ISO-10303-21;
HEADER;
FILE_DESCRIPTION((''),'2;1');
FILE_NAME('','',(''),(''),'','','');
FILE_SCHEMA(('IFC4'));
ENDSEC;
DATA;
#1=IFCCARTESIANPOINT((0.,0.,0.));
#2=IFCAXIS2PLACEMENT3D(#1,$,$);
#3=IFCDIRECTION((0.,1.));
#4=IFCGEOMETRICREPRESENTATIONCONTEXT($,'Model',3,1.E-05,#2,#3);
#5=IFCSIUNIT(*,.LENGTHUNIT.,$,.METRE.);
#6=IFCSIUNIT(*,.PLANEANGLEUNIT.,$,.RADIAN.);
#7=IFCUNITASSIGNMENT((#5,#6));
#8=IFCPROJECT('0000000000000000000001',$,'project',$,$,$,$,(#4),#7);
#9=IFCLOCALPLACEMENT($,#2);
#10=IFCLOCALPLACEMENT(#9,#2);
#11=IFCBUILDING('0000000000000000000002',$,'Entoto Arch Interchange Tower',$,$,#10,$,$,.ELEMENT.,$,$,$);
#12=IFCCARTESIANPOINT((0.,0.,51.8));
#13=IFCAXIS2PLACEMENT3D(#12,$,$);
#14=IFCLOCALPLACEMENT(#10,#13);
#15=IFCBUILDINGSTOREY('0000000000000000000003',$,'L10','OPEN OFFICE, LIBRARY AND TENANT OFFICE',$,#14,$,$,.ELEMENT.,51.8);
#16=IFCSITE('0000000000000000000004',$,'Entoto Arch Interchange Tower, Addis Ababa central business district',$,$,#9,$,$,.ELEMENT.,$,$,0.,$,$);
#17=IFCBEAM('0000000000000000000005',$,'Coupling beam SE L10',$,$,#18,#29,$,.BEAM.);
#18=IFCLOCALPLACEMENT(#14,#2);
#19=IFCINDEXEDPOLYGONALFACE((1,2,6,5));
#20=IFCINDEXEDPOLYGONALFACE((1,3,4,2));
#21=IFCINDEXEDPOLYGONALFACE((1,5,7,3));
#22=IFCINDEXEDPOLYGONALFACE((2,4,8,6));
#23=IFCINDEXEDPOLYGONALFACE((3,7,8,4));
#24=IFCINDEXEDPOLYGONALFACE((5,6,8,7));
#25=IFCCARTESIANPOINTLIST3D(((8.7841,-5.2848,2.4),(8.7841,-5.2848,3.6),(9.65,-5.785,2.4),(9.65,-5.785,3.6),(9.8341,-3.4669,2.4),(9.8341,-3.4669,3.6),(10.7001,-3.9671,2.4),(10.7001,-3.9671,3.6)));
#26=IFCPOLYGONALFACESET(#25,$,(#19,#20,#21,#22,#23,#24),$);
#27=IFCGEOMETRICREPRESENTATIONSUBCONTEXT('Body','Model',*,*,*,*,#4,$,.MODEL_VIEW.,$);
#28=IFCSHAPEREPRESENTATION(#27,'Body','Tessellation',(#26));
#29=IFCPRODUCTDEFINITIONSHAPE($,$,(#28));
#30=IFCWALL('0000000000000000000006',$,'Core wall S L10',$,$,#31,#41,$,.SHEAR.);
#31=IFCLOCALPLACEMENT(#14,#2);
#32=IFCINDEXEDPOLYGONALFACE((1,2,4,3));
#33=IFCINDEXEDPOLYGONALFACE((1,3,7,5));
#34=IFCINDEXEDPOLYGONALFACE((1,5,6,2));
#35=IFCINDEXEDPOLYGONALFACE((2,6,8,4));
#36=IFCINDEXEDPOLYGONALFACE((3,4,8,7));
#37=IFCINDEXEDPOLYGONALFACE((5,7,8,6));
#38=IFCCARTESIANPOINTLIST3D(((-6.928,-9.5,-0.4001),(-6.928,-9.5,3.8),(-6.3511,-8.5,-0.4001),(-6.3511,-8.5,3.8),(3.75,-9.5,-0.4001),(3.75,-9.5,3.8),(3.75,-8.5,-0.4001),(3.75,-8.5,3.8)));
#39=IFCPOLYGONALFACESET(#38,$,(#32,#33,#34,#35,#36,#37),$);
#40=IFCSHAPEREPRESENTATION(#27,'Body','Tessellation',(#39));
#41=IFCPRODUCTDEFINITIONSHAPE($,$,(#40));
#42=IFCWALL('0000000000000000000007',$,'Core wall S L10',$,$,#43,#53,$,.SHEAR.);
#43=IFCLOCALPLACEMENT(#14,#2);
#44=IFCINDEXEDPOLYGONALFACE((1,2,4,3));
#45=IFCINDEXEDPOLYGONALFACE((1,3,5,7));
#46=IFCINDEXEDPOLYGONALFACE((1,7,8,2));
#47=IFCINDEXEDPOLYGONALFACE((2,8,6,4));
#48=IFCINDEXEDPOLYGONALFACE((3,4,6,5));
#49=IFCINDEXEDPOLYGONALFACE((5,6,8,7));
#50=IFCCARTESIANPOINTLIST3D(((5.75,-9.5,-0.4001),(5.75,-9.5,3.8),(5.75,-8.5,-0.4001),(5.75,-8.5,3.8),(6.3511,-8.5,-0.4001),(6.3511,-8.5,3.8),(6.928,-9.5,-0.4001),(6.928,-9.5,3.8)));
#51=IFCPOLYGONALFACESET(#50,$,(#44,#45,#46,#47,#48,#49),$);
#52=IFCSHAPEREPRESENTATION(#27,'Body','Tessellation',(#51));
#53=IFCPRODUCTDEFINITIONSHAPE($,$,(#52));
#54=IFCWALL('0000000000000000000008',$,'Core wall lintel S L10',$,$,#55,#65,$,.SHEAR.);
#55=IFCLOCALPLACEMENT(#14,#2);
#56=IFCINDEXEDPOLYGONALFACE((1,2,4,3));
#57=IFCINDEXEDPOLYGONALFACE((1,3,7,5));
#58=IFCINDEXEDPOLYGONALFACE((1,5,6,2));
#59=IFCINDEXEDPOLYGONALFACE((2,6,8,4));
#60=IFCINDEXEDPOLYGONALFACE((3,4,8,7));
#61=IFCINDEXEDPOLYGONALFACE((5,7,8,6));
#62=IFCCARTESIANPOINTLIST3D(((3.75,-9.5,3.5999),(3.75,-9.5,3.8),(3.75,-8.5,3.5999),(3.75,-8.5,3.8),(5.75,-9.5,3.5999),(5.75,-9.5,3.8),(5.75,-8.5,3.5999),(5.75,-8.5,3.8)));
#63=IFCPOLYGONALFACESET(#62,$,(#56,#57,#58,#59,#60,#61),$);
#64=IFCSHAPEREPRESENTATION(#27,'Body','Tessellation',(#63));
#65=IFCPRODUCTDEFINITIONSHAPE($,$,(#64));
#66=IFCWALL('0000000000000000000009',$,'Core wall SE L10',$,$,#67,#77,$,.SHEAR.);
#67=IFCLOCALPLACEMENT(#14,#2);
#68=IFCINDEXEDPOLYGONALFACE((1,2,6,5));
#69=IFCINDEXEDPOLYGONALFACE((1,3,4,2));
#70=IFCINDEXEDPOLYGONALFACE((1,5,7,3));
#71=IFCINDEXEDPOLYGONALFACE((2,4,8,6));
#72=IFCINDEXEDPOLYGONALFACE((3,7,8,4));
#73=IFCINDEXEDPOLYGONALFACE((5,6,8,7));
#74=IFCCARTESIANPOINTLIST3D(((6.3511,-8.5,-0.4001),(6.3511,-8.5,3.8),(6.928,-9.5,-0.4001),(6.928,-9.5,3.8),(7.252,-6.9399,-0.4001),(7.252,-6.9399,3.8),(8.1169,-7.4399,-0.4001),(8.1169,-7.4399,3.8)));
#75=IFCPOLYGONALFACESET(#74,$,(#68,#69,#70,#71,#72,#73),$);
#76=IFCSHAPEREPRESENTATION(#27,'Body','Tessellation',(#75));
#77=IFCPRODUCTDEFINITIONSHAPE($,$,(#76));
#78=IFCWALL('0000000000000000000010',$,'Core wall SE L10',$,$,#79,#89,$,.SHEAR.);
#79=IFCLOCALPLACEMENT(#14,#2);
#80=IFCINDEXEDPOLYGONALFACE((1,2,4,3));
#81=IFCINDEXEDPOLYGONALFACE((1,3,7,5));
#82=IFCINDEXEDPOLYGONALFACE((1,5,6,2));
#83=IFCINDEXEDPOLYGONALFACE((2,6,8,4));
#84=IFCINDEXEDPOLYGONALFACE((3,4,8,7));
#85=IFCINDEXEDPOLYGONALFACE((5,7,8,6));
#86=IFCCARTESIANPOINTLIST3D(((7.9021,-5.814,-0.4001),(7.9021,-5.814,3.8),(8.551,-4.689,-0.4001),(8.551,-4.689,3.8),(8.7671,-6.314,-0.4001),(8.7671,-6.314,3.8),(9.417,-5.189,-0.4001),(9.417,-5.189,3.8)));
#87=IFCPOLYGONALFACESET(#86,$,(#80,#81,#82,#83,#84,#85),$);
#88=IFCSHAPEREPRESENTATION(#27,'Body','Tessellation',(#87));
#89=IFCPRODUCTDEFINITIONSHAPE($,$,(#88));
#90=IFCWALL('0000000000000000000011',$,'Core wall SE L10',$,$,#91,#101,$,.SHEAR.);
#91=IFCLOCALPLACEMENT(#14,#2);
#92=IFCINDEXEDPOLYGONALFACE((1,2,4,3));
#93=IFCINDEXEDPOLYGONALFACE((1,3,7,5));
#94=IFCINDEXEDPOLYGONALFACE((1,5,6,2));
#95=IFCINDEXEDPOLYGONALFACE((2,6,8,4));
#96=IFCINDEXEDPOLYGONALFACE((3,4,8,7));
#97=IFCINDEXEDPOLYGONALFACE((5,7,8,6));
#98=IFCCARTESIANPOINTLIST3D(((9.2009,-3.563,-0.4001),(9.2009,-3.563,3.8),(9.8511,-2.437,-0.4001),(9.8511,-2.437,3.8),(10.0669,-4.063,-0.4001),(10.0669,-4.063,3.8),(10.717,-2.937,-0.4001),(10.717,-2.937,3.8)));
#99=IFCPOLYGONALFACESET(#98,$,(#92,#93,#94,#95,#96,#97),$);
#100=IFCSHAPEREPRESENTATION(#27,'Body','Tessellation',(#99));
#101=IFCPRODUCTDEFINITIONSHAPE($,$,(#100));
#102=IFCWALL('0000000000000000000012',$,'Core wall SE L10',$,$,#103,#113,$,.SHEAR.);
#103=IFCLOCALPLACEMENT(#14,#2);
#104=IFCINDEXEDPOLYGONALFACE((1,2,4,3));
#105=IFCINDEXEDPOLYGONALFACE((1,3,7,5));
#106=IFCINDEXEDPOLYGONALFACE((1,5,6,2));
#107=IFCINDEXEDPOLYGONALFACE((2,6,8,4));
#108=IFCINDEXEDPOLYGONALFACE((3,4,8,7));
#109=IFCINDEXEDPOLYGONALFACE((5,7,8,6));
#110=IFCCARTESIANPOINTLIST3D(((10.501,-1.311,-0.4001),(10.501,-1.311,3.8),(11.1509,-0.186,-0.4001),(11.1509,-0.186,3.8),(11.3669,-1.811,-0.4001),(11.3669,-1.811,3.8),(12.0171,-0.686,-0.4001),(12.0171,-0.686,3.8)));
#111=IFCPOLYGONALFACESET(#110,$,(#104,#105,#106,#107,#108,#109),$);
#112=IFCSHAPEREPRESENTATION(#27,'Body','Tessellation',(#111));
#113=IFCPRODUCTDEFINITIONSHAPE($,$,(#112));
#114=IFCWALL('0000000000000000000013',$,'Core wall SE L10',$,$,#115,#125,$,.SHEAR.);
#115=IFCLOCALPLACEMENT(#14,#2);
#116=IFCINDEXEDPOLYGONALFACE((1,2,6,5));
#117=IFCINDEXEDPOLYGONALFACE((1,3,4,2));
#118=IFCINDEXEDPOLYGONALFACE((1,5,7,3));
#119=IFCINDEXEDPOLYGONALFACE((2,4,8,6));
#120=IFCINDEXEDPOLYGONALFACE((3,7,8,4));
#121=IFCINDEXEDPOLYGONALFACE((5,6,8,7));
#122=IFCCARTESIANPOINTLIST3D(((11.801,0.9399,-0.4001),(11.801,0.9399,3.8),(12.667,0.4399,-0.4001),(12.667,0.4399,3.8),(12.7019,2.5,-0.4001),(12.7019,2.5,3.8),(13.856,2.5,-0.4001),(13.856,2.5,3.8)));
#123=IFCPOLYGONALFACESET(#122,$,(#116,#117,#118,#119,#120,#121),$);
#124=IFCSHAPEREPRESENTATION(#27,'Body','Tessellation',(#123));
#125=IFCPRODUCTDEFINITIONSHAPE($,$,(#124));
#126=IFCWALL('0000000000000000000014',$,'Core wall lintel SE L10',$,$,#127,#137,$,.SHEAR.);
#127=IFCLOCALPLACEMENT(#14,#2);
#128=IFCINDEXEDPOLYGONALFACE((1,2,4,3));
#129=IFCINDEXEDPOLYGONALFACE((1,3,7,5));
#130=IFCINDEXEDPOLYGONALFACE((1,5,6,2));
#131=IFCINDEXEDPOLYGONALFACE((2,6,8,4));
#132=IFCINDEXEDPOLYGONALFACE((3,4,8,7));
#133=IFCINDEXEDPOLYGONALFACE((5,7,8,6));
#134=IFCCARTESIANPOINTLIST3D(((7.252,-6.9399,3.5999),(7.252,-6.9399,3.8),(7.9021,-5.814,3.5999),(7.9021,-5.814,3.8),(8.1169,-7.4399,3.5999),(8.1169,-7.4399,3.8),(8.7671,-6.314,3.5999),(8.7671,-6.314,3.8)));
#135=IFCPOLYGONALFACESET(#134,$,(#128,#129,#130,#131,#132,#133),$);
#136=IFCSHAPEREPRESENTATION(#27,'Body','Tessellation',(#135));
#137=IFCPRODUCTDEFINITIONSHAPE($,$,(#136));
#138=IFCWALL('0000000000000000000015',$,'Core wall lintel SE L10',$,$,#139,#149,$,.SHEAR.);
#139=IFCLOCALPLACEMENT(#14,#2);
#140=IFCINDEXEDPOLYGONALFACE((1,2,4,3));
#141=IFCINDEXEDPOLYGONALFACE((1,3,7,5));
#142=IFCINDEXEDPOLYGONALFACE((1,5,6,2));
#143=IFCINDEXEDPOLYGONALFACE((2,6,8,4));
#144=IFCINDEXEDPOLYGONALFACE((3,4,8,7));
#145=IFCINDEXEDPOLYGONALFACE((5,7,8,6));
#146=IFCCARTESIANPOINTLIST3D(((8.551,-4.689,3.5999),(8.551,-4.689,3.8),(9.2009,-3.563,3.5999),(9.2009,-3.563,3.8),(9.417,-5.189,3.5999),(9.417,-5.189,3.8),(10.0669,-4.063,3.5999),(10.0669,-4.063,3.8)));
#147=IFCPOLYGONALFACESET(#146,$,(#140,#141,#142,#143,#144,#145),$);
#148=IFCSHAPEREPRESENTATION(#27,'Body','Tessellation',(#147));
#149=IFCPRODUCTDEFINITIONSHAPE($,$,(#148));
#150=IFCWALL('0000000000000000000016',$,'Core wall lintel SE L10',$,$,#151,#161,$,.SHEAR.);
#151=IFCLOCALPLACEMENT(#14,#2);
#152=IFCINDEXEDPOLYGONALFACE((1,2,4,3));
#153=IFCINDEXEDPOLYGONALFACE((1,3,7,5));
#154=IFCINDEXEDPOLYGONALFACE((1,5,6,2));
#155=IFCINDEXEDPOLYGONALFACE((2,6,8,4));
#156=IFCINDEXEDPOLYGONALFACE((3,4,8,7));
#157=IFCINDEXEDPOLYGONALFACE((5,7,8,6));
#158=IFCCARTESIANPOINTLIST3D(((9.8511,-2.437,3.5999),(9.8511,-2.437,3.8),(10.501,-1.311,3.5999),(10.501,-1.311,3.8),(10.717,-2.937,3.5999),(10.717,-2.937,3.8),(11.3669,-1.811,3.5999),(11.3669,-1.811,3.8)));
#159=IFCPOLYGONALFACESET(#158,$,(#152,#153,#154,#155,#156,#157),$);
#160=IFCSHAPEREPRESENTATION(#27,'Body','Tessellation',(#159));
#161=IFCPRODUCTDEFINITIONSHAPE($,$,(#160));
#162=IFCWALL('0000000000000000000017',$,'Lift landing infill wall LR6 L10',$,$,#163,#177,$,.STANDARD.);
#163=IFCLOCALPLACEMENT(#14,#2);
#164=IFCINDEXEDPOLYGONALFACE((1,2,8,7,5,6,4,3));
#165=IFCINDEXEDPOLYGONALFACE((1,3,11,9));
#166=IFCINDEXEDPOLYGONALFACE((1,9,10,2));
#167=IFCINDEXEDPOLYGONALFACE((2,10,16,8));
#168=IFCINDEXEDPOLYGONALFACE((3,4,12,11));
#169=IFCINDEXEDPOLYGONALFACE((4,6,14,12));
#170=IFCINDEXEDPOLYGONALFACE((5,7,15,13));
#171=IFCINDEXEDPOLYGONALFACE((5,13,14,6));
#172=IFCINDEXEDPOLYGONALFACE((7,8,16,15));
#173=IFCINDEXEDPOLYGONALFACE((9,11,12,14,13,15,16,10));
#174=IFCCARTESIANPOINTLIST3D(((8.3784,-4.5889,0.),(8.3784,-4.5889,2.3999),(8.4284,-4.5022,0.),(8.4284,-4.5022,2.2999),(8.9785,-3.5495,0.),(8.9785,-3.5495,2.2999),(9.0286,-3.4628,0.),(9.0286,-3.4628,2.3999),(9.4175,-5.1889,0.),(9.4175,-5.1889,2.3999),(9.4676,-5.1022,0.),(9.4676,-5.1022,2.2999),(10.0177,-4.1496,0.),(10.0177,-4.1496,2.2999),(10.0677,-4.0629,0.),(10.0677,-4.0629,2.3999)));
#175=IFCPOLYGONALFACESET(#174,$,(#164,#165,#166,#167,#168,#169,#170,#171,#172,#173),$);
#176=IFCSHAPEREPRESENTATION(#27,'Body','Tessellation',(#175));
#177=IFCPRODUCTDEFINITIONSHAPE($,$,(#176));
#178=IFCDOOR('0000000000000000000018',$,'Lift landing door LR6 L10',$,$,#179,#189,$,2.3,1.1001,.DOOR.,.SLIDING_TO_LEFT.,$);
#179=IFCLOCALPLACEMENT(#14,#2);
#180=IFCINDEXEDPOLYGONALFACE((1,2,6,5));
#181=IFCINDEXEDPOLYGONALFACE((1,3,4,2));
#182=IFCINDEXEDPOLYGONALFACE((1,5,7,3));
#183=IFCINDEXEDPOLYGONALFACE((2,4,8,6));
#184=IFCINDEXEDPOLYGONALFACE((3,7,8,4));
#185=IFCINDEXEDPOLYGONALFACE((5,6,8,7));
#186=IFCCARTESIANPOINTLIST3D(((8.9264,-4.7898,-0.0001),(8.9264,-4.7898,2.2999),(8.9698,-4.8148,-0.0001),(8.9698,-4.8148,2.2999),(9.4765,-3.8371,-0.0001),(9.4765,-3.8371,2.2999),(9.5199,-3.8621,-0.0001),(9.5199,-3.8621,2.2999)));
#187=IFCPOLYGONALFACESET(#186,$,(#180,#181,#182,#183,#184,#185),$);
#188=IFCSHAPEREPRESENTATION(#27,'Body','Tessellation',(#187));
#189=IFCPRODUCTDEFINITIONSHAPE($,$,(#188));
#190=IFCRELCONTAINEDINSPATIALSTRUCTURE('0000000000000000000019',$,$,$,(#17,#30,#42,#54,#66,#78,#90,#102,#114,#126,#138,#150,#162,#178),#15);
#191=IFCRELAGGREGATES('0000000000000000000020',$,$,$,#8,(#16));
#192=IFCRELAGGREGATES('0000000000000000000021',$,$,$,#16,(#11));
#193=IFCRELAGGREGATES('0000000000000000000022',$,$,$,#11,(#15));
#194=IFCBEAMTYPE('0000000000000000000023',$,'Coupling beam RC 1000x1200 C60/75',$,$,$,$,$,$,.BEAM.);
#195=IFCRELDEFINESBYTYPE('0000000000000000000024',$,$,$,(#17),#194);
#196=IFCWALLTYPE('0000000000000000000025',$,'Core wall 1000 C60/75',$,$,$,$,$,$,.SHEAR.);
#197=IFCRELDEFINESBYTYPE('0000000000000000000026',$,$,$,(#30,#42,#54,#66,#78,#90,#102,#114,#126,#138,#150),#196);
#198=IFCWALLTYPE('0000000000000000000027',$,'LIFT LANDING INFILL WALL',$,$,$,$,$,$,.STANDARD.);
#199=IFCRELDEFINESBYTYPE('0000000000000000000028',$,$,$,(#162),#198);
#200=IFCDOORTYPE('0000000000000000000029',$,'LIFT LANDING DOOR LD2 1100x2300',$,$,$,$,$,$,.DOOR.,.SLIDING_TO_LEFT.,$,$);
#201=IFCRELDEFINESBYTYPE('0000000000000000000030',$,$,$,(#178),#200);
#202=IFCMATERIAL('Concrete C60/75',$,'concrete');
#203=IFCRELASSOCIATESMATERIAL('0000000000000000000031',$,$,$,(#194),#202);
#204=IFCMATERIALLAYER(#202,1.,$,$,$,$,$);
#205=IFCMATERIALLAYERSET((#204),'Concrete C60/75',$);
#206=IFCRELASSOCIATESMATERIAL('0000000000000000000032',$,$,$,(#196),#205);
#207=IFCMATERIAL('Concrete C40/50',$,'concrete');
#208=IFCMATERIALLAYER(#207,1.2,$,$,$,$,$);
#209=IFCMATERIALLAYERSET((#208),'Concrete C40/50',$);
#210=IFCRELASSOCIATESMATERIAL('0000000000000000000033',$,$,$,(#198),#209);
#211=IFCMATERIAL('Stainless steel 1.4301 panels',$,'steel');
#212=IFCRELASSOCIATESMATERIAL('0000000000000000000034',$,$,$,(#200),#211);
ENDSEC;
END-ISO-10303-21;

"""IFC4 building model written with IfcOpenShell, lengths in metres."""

from ifc_helpers import new_model, si_unit, direction, frame, frame_2d, origin, origin_2d, place, context, subcontext, project, spatial, polyline, rectangle, outline, extrude, material, layer, layer_set, material_profile, profile_set, type_object, element, fill, save


model = new_model("IFC4")

# Units and contexts
model_context = context("Model", 3, precision=1e-05, world=origin(), true_north=direction((0.0, 1.0)))
body_context = subcontext(model_context, "Body", "Model", "MODEL_VIEW")
ifc_project = project(units=[si_unit("LENGTHUNIT", "METRE"), si_unit("PLANEANGLEUNIT", "RADIAN")], contexts=[model_context])

# Site, building, storey
site_placement = place(None, origin())
site = spatial("IfcSite", under=ifc_project, at=site_placement, Name="Entoto Arch Interchange Tower, Addis Ababa central business district", CompositionType="ELEMENT", RefElevation=0.0)
building_placement = place(site_placement, origin())
building = spatial("IfcBuilding", under=site, at=building_placement, Name="Entoto Arch Interchange Tower", CompositionType="ELEMENT")
storey_placement = place(building_placement, frame((0.0, 0.0, 51.8)))
storey = spatial("IfcBuildingStorey", under=building, at=storey_placement, Name="L10", Description="OPEN OFFICE, LIBRARY AND TENANT OFFICE", CompositionType="ELEMENT", Elevation=51.8)

# Beam
ifc_material_1 = material(Name="Concrete C60/75", Category="concrete")
ifc_material_profile = material_profile(ifc_material_1, rectangle(XDim=1.0, YDim=1.2, at=origin_2d()))
ifc_profile_set = profile_set([ifc_material_profile], Name="Concrete C60/75")
beam_type = type_object("IfcBeamType", Name="Coupling beam RC 1000x1200 C60/75", PredefinedType="BEAM", material=ifc_profile_set)
beam_placement = place(storey_placement, frame((9.217, -5.5349, 3.0), z_axis=(0.500179, 0.865922, 0.0), x_axis=(-0.865922, 0.500179, 0.0)))
element("IfcBeam", 1, at=beam_placement, inside=storey, type_object=beam_type, Name="Coupling beam SE L10", PredefinedType="BEAM", context=body_context, shape_type="SweptSolid", body=[
    extrude(rectangle(XDim=1.0, YDim=1.2, at=origin_2d()), origin(), (0.0, 0.0, 1.0), 2.0994),
])

# Walls
ifc_layer_1 = layer(ifc_material_1, 1.0)
ifc_layer_set_1 = layer_set([ifc_layer_1], Name="Concrete C60/75")
wall_type_1 = type_object("IfcWallType", Name="Core wall 1000 C60/75", PredefinedType="SHEAR", material=ifc_layer_set_1)
wall_1_placement = place(storey_placement, frame((0.0, 0.0, -0.4001)))
element("IfcWall", 2, at=wall_1_placement, inside=storey, type_object=wall_type_1, Name="Core wall S L10", PredefinedType="SHEAR", context=body_context, shape_type="SweptSolid", body=[
    extrude(outline(polyline([(3.75, -9.5), (3.75, -8.5), (-6.3511, -8.5), (-6.928, -9.5), (3.75, -9.5)])), origin(), (0.0, 0.0, 1.0), 4.2002),
])
wall_2_placement = place(storey_placement, frame((0.0, 0.0, -0.4001)))
element("IfcWall", 3, at=wall_2_placement, inside=storey, type_object=wall_type_1, Name="Core wall S L10", PredefinedType="SHEAR", context=body_context, shape_type="SweptSolid", body=[
    extrude(outline(polyline([(5.75, -8.5), (5.75, -9.5), (6.928, -9.5), (6.3511, -8.5), (5.75, -8.5)])), origin(), (0.0, 0.0, 1.0), 4.2002),
])
wall_3_placement = place(storey_placement, frame((0.0, 0.0, 3.5999)))
element("IfcWall", 4, at=wall_3_placement, inside=storey, type_object=wall_type_1, Name="Core wall lintel S L10", PredefinedType="SHEAR", context=body_context, shape_type="SweptSolid", body=[
    extrude(outline(polyline([(5.75, -9.5), (5.75, -8.5), (3.75, -8.5), (3.75, -9.5), (5.75, -9.5)])), origin(), (0.0, 0.0, 1.0), 0.2002),
])
wall_4_placement = place(storey_placement, frame((0.0, 0.0, -0.4001)))
element("IfcWall", 5, at=wall_4_placement, inside=storey, type_object=wall_type_1, Name="Core wall SE L10", PredefinedType="SHEAR", context=body_context, shape_type="SweptSolid", body=[
    extrude(outline(polyline([(8.1169, -7.4399), (7.252, -6.9399), (6.3511, -8.5), (6.928, -9.5), (8.1169, -7.4399)])), origin(), (0.0, 0.0, 1.0), 4.2002),
])
wall_5_placement = place(storey_placement, frame((0.0, 0.0, -0.4001)))
element("IfcWall", 6, at=wall_5_placement, inside=storey, type_object=wall_type_1, Name="Core wall SE L10", PredefinedType="SHEAR", context=body_context, shape_type="SweptSolid", body=[
    extrude(outline(polyline([(9.417, -5.189), (8.551, -4.689), (7.9021, -5.814), (8.7671, -6.314), (9.417, -5.189)])), origin(), (0.0, 0.0, 1.0), 4.2002),
])
wall_6_placement = place(storey_placement, frame((0.0, 0.0, -0.4001)))
element("IfcWall", 7, at=wall_6_placement, inside=storey, type_object=wall_type_1, Name="Core wall SE L10", PredefinedType="SHEAR", context=body_context, shape_type="SweptSolid", body=[
    extrude(outline(polyline([(10.717, -2.937), (9.8511, -2.437), (9.2009, -3.563), (10.0669, -4.063), (10.717, -2.937)])), origin(), (0.0, 0.0, 1.0), 4.2002),
])
wall_7_placement = place(storey_placement, frame((0.0, 0.0, -0.4001)))
element("IfcWall", 8, at=wall_7_placement, inside=storey, type_object=wall_type_1, Name="Core wall SE L10", PredefinedType="SHEAR", context=body_context, shape_type="SweptSolid", body=[
    extrude(outline(polyline([(12.0171, -0.686), (11.1509, -0.186), (10.501, -1.311), (11.3669, -1.811), (12.0171, -0.686)])), origin(), (0.0, 0.0, 1.0), 4.2002),
])
wall_8_placement = place(storey_placement, frame((0.0, 0.0, -0.4001)))
element("IfcWall", 9, at=wall_8_placement, inside=storey, type_object=wall_type_1, Name="Core wall SE L10", PredefinedType="SHEAR", context=body_context, shape_type="SweptSolid", body=[
    extrude(outline(polyline([(11.801, 0.9399), (12.667, 0.4399), (13.856, 2.5), (12.7019, 2.5), (11.801, 0.9399)])), origin(), (0.0, 0.0, 1.0), 4.2002),
])
wall_9_placement = place(storey_placement, frame((0.0, 0.0, 3.5999)))
element("IfcWall", 10, at=wall_9_placement, inside=storey, type_object=wall_type_1, Name="Core wall lintel SE L10", PredefinedType="SHEAR", context=body_context, shape_type="SweptSolid", body=[
    extrude(outline(polyline([(8.7671, -6.314), (7.9021, -5.814), (7.252, -6.9399), (8.1169, -7.4399), (8.7671, -6.314)])), origin(), (0.0, 0.0, 1.0), 0.2002),
])
wall_10_placement = place(storey_placement, frame((0.0, 0.0, 3.5999)))
element("IfcWall", 11, at=wall_10_placement, inside=storey, type_object=wall_type_1, Name="Core wall lintel SE L10", PredefinedType="SHEAR", context=body_context, shape_type="SweptSolid", body=[
    extrude(outline(polyline([(10.0669, -4.063), (9.2009, -3.563), (8.551, -4.689), (9.417, -5.189), (10.0669, -4.063)])), origin(), (0.0, 0.0, 1.0), 0.2002),
])
wall_11_placement = place(storey_placement, frame((0.0, 0.0, 3.5999)))
element("IfcWall", 12, at=wall_11_placement, inside=storey, type_object=wall_type_1, Name="Core wall lintel SE L10", PredefinedType="SHEAR", context=body_context, shape_type="SweptSolid", body=[
    extrude(outline(polyline([(11.3669, -1.811), (10.501, -1.311), (9.8511, -2.437), (10.717, -2.937), (11.3669, -1.811)])), origin(), (0.0, 0.0, 1.0), 0.2002),
])

# Wall, opening, door
ifc_material_2 = material(Name="Concrete C40/50", Category="concrete")
ifc_layer_2 = layer(ifc_material_2, 1.2)
ifc_layer_set_2 = layer_set([ifc_layer_2], Name="Concrete C40/50")
wall_type_2 = type_object("IfcWallType", Name="LIFT LANDING INFILL WALL", PredefinedType="STANDARD", material=ifc_layer_set_2)
wall_12_placement = place(storey_placement, frame((8.8979, -4.8889, 0.0), z_axis=(0.0, 0.0, 1.0), x_axis=(0.500037, 0.866004, 0.0)))
wall_12 = element("IfcWall", 13, at=wall_12_placement, inside=storey, type_object=wall_type_2, Name="Lift landing infill wall LR6 L10", PredefinedType="STANDARD", context=body_context, shape_type="SweptSolid", body=[
    extrude(rectangle(XDim=1.3003, YDim=1.2, at=frame_2d((0.6501, 0.0))), origin(), (0.0, 0.0, 1.0), 2.3999),
])
opening_1_placement = place(wall_12_placement, frame((0.1001, 0.0, 0.0)))
opening_1 = element("IfcOpeningElement", 14, at=opening_1_placement, cuts=wall_12, PredefinedType="OPENING", context=body_context, shape_type="SweptSolid", body=[
    extrude(rectangle(XDim=1.1001, YDim=2.3, at=frame_2d((0.55, 1.1499))), frame((0.0, 0.6099, 0.0), z_axis=(0.0, -1.0, 0.0), x_axis=(1.0, 0.0, 0.0)), (0.0, 0.0, 1.0), 1.22),
])
ifc_material_3 = material(Name="Stainless steel 1.4301 panels", Category="steel")
door_type_1 = type_object("IfcDoorType", Name="LIFT LANDING DOOR LD2 1100x2300", OperationType="SLIDING_TO_LEFT", PredefinedType="DOOR", material=ifc_material_3)
door_1_placement = place(opening_1_placement, origin())
door_1 = element("IfcDoor", 15, at=door_1_placement, inside=storey, type_object=door_type_1, Name="Lift landing door LR6 L10", OperationType="SLIDING_TO_LEFT", OverallHeight=2.3, OverallWidth=1.1001, PredefinedType="DOOR", context=body_context, shape_type="SweptSolid", body=[
    extrude(rectangle(XDim=1.1001, YDim=2.3, at=frame_2d((0.55, 1.1499))), frame((0.0, 0.0249, 0.0), z_axis=(0.0, -1.0, 0.0), x_axis=(1.0, 0.0, 0.0)), (0.0, 0.0, 1.0), 0.05),
])
fill(opening_1, door_1)

save(model, "model.ifc")
